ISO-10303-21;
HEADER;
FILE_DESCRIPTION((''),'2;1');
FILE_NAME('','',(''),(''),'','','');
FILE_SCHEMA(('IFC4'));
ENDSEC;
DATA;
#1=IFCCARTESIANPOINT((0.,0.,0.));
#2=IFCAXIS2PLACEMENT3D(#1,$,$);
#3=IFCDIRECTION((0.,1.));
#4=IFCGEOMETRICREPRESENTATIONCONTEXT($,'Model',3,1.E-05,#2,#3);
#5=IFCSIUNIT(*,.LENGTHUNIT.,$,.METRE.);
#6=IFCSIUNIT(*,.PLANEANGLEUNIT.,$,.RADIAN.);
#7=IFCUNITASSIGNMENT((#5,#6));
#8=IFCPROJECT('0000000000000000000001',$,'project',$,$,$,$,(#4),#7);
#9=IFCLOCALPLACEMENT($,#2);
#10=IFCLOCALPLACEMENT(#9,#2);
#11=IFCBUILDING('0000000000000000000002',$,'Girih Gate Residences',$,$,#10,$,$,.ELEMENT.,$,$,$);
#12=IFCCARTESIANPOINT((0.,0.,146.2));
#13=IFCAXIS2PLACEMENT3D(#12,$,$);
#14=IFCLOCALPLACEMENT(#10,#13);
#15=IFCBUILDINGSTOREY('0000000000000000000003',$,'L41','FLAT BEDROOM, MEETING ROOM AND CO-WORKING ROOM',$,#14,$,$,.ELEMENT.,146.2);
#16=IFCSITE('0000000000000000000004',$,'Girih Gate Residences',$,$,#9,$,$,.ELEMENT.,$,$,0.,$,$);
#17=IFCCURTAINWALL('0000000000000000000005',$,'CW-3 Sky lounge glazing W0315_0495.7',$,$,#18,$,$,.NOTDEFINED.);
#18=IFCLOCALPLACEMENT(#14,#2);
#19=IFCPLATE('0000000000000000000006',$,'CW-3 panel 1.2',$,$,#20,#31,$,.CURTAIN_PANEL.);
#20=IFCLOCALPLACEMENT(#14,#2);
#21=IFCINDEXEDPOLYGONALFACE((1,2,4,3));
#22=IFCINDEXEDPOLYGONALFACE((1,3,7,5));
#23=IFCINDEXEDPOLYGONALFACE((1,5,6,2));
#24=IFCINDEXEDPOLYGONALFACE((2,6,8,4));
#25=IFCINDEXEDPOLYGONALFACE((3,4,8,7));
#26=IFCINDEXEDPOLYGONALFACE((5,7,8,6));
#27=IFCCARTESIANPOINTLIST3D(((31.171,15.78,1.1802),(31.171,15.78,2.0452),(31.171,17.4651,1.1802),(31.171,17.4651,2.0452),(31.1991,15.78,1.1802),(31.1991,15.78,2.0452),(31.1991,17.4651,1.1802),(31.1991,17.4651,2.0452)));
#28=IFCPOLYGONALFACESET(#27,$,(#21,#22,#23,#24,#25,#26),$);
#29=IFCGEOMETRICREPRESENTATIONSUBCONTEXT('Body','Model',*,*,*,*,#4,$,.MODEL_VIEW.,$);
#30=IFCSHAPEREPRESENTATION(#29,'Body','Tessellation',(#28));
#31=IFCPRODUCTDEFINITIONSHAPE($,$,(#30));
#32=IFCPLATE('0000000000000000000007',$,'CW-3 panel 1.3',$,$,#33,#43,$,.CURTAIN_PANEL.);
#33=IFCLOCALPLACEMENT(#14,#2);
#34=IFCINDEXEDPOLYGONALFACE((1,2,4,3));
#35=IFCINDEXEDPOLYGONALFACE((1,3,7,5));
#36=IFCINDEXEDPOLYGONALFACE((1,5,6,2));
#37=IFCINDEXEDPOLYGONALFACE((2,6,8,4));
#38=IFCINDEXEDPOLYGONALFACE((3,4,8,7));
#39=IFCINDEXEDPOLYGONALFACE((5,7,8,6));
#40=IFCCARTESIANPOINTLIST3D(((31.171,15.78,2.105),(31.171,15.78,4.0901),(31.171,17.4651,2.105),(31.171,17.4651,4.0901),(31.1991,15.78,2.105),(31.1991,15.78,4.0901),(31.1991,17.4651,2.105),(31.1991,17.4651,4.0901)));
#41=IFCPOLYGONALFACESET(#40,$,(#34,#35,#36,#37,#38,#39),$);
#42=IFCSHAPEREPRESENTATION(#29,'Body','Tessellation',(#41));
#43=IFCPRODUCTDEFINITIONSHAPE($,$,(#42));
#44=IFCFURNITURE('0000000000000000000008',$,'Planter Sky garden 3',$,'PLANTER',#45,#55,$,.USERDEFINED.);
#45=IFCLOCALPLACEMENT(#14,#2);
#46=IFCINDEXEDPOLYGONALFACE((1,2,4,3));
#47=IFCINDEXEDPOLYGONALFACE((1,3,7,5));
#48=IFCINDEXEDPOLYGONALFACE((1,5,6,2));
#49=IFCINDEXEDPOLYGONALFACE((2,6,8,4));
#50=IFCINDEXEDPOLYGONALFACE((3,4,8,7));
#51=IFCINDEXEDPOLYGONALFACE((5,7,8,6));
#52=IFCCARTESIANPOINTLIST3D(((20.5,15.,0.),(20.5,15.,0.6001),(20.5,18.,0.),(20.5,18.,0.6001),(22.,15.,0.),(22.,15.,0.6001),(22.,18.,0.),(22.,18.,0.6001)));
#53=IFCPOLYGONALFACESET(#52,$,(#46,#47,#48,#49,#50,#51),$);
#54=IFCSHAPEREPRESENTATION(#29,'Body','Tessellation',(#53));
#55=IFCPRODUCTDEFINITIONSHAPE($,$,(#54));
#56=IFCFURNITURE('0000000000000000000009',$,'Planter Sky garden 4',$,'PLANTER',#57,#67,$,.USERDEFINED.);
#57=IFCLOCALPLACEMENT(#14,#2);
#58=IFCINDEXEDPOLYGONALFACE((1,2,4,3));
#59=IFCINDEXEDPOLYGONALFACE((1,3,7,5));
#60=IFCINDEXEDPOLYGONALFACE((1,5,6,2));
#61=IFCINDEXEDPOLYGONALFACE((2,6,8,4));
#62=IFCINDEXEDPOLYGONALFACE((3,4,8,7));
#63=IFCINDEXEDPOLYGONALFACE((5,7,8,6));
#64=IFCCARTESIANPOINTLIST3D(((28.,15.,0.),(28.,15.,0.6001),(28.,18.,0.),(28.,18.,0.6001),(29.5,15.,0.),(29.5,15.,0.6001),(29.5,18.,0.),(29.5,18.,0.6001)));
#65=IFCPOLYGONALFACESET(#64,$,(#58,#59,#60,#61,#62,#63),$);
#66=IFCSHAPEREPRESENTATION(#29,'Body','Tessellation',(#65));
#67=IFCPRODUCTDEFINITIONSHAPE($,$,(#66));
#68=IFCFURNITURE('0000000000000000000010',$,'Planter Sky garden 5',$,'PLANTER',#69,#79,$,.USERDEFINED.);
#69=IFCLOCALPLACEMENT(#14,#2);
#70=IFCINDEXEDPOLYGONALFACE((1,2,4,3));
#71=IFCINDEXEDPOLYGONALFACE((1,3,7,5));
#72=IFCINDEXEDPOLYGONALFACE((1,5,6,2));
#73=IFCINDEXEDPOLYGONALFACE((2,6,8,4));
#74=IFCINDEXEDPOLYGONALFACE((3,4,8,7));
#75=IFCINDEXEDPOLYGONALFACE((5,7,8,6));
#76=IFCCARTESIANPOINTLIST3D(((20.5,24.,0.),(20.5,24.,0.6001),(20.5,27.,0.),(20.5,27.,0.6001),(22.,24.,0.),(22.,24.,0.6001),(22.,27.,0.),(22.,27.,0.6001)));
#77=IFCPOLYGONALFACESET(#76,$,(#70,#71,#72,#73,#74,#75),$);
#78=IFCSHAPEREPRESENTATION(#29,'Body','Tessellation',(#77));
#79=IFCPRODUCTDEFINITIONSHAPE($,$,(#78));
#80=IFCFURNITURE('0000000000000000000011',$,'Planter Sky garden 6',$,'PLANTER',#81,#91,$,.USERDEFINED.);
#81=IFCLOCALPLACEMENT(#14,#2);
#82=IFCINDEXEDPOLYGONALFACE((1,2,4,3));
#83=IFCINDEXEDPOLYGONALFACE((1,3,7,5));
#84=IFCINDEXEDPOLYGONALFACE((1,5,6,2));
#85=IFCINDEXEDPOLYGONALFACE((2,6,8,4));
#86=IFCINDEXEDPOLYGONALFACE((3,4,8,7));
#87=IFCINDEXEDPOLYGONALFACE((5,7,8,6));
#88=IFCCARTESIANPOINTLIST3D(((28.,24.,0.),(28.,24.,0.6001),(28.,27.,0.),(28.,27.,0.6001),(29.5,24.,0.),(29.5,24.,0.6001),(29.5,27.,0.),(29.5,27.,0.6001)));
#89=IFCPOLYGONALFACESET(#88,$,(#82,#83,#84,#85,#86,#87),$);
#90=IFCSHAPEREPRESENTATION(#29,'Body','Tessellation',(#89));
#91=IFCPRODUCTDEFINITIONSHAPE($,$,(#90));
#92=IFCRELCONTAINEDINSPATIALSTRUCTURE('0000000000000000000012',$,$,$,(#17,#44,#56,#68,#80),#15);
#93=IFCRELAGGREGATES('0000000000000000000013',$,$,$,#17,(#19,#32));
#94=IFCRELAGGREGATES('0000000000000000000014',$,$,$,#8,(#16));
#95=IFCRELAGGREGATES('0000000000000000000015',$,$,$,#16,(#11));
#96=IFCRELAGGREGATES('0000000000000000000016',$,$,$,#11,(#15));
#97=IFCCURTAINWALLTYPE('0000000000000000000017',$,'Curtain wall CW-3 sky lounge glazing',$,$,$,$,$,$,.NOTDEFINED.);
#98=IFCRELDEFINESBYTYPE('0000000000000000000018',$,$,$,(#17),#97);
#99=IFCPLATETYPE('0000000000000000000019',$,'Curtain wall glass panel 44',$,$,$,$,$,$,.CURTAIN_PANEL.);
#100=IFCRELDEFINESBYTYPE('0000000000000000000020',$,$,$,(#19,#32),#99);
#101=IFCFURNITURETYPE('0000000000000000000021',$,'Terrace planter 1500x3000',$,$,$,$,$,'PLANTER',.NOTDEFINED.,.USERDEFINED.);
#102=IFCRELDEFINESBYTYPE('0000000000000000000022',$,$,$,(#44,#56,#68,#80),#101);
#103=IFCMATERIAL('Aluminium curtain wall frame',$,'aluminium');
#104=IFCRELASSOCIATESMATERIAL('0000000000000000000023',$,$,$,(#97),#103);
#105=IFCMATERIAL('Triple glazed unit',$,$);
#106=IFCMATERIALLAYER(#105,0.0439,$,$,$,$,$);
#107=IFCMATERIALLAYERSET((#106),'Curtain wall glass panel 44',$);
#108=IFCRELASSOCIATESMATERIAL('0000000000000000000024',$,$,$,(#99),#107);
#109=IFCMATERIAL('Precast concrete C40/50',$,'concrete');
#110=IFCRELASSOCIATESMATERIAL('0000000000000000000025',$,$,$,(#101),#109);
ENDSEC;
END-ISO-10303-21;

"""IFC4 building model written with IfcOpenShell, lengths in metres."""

from ifc_helpers import new_model, si_unit, direction, frame, origin, origin_2d, place, context, subcontext, project, spatial, rectangle, extrude, material, layer, layer_set, type_object, element, aggregate, save


model = new_model("IFC4")

# Units and contexts
model_context = context("Model", 3, precision=1e-05, world=origin(), true_north=direction((0.0, 1.0)))
body_context = subcontext(model_context, "Body", "Model", "MODEL_VIEW")
ifc_project = project(units=[si_unit("LENGTHUNIT", "METRE"), si_unit("PLANEANGLEUNIT", "RADIAN")], contexts=[model_context])

# Site, building, storey
site_placement = place(None, origin())
site = spatial("IfcSite", under=ifc_project, at=site_placement, Name="Girih Gate Residences", CompositionType="ELEMENT", RefElevation=0.0)
building_placement = place(site_placement, origin())
building = spatial("IfcBuilding", under=site, at=building_placement, Name="Girih Gate Residences", CompositionType="ELEMENT")
storey_placement = place(building_placement, frame((0.0, 0.0, 146.2)))
storey = spatial("IfcBuildingStorey", under=building, at=storey_placement, Name="L41", Description="FLAT BEDROOM, MEETING ROOM AND CO-WORKING ROOM", CompositionType="ELEMENT", Elevation=146.2)

# Shared definitions
ifc_material_1 = material(Name="Aluminium curtain wall frame", Category="aluminium")
curtain_wall_type = type_object("IfcCurtainWallType", Name="Curtain wall CW-3 sky lounge glazing", PredefinedType="NOTDEFINED", material=ifc_material_1)

# Curtain wall
curtain_wall_1_placement = place(storey_placement, origin())
curtain_wall_1 = element("IfcCurtainWall", 1, at=curtain_wall_1_placement, inside=storey, type_object=curtain_wall_type, Name="CW-3 Sky lounge glazing W0315_0495.7", PredefinedType="NOTDEFINED")

# Plates
ifc_material_2 = material(Name="Triple glazed unit")
ifc_layer = layer(ifc_material_2, 0.0439)
ifc_layer_set = layer_set([ifc_layer], Name="Curtain wall glass panel 44")
plate_type = type_object("IfcPlateType", Name="Curtain wall glass panel 44", PredefinedType="CURTAIN_PANEL", material=ifc_layer_set)
plate_1_placement = place(storey_placement, frame((31.1851, 16.6226, 1.1802), z_axis=(0.0, 0.0, 1.0), x_axis=(0.0, -1.0, 0.0)))
plate_1 = element("IfcPlate", 2, at=plate_1_placement, type_object=plate_type, Name="CW-3 panel 1.2", PredefinedType="CURTAIN_PANEL", context=body_context, shape_type="SweptSolid", body=[
    extrude(rectangle(XDim=1.6851, YDim=0.0281, at=origin_2d()), origin(), (0.0, 0.0, 1.0), 0.865),
])
plate_2_placement = place(storey_placement, frame((31.1851, 16.6226, 2.105), z_axis=(0.0, 0.0, 1.0), x_axis=(0.0, -1.0, 0.0)))
plate_2 = element("IfcPlate", 3, at=plate_2_placement, type_object=plate_type, Name="CW-3 panel 1.3", PredefinedType="CURTAIN_PANEL", context=body_context, shape_type="SweptSolid", body=[
    extrude(rectangle(XDim=1.6851, YDim=0.0281, at=origin_2d()), origin(), (0.0, 0.0, 1.0), 1.9851),
])
aggregate(curtain_wall_1, [plate_1, plate_2])

# Furniture
ifc_material_3 = material(Name="Precast concrete C40/50", Category="concrete")
furniture_type = type_object("IfcFurnitureType", Name="Terrace planter 1500x3000", ElementType="PLANTER", AssemblyPlace="NOTDEFINED", PredefinedType="USERDEFINED", material=ifc_material_3)
for number, where, z_axis, x_axis, name in (
    (4, (21.25, 16.5, 0.0), (0.0, 0.0, 1.0), (1.0, 0.0, 0.0), "Planter Sky garden 3"),
    (5, (28.75, 16.5, 0.0), (0.0, 0.0, 1.0), (1.0, 0.0, 0.0), "Planter Sky garden 4"),
    (6, (21.25, 25.5, 0.0), (0.0, 0.0, 1.0), (1.0, 0.0, 0.0), "Planter Sky garden 5"),
    (7, (28.75, 25.5, 0.0), (0.0, 0.0, 1.0), (1.0, 0.0, 0.0), "Planter Sky garden 6"),
):
    element("IfcFurniture", number, at=place(storey_placement, frame(where, z_axis=z_axis, x_axis=x_axis)), inside=storey, type_object=furniture_type, Name=name, ObjectType="PLANTER", PredefinedType="USERDEFINED", context=body_context, shape_type="SweptSolid", body=[
        extrude(rectangle(XDim=1.5, YDim=3.0, at=origin_2d()), origin(), (0.0, 0.0, 1.0), 0.6001),
    ])

save(model, "model.ifc")
